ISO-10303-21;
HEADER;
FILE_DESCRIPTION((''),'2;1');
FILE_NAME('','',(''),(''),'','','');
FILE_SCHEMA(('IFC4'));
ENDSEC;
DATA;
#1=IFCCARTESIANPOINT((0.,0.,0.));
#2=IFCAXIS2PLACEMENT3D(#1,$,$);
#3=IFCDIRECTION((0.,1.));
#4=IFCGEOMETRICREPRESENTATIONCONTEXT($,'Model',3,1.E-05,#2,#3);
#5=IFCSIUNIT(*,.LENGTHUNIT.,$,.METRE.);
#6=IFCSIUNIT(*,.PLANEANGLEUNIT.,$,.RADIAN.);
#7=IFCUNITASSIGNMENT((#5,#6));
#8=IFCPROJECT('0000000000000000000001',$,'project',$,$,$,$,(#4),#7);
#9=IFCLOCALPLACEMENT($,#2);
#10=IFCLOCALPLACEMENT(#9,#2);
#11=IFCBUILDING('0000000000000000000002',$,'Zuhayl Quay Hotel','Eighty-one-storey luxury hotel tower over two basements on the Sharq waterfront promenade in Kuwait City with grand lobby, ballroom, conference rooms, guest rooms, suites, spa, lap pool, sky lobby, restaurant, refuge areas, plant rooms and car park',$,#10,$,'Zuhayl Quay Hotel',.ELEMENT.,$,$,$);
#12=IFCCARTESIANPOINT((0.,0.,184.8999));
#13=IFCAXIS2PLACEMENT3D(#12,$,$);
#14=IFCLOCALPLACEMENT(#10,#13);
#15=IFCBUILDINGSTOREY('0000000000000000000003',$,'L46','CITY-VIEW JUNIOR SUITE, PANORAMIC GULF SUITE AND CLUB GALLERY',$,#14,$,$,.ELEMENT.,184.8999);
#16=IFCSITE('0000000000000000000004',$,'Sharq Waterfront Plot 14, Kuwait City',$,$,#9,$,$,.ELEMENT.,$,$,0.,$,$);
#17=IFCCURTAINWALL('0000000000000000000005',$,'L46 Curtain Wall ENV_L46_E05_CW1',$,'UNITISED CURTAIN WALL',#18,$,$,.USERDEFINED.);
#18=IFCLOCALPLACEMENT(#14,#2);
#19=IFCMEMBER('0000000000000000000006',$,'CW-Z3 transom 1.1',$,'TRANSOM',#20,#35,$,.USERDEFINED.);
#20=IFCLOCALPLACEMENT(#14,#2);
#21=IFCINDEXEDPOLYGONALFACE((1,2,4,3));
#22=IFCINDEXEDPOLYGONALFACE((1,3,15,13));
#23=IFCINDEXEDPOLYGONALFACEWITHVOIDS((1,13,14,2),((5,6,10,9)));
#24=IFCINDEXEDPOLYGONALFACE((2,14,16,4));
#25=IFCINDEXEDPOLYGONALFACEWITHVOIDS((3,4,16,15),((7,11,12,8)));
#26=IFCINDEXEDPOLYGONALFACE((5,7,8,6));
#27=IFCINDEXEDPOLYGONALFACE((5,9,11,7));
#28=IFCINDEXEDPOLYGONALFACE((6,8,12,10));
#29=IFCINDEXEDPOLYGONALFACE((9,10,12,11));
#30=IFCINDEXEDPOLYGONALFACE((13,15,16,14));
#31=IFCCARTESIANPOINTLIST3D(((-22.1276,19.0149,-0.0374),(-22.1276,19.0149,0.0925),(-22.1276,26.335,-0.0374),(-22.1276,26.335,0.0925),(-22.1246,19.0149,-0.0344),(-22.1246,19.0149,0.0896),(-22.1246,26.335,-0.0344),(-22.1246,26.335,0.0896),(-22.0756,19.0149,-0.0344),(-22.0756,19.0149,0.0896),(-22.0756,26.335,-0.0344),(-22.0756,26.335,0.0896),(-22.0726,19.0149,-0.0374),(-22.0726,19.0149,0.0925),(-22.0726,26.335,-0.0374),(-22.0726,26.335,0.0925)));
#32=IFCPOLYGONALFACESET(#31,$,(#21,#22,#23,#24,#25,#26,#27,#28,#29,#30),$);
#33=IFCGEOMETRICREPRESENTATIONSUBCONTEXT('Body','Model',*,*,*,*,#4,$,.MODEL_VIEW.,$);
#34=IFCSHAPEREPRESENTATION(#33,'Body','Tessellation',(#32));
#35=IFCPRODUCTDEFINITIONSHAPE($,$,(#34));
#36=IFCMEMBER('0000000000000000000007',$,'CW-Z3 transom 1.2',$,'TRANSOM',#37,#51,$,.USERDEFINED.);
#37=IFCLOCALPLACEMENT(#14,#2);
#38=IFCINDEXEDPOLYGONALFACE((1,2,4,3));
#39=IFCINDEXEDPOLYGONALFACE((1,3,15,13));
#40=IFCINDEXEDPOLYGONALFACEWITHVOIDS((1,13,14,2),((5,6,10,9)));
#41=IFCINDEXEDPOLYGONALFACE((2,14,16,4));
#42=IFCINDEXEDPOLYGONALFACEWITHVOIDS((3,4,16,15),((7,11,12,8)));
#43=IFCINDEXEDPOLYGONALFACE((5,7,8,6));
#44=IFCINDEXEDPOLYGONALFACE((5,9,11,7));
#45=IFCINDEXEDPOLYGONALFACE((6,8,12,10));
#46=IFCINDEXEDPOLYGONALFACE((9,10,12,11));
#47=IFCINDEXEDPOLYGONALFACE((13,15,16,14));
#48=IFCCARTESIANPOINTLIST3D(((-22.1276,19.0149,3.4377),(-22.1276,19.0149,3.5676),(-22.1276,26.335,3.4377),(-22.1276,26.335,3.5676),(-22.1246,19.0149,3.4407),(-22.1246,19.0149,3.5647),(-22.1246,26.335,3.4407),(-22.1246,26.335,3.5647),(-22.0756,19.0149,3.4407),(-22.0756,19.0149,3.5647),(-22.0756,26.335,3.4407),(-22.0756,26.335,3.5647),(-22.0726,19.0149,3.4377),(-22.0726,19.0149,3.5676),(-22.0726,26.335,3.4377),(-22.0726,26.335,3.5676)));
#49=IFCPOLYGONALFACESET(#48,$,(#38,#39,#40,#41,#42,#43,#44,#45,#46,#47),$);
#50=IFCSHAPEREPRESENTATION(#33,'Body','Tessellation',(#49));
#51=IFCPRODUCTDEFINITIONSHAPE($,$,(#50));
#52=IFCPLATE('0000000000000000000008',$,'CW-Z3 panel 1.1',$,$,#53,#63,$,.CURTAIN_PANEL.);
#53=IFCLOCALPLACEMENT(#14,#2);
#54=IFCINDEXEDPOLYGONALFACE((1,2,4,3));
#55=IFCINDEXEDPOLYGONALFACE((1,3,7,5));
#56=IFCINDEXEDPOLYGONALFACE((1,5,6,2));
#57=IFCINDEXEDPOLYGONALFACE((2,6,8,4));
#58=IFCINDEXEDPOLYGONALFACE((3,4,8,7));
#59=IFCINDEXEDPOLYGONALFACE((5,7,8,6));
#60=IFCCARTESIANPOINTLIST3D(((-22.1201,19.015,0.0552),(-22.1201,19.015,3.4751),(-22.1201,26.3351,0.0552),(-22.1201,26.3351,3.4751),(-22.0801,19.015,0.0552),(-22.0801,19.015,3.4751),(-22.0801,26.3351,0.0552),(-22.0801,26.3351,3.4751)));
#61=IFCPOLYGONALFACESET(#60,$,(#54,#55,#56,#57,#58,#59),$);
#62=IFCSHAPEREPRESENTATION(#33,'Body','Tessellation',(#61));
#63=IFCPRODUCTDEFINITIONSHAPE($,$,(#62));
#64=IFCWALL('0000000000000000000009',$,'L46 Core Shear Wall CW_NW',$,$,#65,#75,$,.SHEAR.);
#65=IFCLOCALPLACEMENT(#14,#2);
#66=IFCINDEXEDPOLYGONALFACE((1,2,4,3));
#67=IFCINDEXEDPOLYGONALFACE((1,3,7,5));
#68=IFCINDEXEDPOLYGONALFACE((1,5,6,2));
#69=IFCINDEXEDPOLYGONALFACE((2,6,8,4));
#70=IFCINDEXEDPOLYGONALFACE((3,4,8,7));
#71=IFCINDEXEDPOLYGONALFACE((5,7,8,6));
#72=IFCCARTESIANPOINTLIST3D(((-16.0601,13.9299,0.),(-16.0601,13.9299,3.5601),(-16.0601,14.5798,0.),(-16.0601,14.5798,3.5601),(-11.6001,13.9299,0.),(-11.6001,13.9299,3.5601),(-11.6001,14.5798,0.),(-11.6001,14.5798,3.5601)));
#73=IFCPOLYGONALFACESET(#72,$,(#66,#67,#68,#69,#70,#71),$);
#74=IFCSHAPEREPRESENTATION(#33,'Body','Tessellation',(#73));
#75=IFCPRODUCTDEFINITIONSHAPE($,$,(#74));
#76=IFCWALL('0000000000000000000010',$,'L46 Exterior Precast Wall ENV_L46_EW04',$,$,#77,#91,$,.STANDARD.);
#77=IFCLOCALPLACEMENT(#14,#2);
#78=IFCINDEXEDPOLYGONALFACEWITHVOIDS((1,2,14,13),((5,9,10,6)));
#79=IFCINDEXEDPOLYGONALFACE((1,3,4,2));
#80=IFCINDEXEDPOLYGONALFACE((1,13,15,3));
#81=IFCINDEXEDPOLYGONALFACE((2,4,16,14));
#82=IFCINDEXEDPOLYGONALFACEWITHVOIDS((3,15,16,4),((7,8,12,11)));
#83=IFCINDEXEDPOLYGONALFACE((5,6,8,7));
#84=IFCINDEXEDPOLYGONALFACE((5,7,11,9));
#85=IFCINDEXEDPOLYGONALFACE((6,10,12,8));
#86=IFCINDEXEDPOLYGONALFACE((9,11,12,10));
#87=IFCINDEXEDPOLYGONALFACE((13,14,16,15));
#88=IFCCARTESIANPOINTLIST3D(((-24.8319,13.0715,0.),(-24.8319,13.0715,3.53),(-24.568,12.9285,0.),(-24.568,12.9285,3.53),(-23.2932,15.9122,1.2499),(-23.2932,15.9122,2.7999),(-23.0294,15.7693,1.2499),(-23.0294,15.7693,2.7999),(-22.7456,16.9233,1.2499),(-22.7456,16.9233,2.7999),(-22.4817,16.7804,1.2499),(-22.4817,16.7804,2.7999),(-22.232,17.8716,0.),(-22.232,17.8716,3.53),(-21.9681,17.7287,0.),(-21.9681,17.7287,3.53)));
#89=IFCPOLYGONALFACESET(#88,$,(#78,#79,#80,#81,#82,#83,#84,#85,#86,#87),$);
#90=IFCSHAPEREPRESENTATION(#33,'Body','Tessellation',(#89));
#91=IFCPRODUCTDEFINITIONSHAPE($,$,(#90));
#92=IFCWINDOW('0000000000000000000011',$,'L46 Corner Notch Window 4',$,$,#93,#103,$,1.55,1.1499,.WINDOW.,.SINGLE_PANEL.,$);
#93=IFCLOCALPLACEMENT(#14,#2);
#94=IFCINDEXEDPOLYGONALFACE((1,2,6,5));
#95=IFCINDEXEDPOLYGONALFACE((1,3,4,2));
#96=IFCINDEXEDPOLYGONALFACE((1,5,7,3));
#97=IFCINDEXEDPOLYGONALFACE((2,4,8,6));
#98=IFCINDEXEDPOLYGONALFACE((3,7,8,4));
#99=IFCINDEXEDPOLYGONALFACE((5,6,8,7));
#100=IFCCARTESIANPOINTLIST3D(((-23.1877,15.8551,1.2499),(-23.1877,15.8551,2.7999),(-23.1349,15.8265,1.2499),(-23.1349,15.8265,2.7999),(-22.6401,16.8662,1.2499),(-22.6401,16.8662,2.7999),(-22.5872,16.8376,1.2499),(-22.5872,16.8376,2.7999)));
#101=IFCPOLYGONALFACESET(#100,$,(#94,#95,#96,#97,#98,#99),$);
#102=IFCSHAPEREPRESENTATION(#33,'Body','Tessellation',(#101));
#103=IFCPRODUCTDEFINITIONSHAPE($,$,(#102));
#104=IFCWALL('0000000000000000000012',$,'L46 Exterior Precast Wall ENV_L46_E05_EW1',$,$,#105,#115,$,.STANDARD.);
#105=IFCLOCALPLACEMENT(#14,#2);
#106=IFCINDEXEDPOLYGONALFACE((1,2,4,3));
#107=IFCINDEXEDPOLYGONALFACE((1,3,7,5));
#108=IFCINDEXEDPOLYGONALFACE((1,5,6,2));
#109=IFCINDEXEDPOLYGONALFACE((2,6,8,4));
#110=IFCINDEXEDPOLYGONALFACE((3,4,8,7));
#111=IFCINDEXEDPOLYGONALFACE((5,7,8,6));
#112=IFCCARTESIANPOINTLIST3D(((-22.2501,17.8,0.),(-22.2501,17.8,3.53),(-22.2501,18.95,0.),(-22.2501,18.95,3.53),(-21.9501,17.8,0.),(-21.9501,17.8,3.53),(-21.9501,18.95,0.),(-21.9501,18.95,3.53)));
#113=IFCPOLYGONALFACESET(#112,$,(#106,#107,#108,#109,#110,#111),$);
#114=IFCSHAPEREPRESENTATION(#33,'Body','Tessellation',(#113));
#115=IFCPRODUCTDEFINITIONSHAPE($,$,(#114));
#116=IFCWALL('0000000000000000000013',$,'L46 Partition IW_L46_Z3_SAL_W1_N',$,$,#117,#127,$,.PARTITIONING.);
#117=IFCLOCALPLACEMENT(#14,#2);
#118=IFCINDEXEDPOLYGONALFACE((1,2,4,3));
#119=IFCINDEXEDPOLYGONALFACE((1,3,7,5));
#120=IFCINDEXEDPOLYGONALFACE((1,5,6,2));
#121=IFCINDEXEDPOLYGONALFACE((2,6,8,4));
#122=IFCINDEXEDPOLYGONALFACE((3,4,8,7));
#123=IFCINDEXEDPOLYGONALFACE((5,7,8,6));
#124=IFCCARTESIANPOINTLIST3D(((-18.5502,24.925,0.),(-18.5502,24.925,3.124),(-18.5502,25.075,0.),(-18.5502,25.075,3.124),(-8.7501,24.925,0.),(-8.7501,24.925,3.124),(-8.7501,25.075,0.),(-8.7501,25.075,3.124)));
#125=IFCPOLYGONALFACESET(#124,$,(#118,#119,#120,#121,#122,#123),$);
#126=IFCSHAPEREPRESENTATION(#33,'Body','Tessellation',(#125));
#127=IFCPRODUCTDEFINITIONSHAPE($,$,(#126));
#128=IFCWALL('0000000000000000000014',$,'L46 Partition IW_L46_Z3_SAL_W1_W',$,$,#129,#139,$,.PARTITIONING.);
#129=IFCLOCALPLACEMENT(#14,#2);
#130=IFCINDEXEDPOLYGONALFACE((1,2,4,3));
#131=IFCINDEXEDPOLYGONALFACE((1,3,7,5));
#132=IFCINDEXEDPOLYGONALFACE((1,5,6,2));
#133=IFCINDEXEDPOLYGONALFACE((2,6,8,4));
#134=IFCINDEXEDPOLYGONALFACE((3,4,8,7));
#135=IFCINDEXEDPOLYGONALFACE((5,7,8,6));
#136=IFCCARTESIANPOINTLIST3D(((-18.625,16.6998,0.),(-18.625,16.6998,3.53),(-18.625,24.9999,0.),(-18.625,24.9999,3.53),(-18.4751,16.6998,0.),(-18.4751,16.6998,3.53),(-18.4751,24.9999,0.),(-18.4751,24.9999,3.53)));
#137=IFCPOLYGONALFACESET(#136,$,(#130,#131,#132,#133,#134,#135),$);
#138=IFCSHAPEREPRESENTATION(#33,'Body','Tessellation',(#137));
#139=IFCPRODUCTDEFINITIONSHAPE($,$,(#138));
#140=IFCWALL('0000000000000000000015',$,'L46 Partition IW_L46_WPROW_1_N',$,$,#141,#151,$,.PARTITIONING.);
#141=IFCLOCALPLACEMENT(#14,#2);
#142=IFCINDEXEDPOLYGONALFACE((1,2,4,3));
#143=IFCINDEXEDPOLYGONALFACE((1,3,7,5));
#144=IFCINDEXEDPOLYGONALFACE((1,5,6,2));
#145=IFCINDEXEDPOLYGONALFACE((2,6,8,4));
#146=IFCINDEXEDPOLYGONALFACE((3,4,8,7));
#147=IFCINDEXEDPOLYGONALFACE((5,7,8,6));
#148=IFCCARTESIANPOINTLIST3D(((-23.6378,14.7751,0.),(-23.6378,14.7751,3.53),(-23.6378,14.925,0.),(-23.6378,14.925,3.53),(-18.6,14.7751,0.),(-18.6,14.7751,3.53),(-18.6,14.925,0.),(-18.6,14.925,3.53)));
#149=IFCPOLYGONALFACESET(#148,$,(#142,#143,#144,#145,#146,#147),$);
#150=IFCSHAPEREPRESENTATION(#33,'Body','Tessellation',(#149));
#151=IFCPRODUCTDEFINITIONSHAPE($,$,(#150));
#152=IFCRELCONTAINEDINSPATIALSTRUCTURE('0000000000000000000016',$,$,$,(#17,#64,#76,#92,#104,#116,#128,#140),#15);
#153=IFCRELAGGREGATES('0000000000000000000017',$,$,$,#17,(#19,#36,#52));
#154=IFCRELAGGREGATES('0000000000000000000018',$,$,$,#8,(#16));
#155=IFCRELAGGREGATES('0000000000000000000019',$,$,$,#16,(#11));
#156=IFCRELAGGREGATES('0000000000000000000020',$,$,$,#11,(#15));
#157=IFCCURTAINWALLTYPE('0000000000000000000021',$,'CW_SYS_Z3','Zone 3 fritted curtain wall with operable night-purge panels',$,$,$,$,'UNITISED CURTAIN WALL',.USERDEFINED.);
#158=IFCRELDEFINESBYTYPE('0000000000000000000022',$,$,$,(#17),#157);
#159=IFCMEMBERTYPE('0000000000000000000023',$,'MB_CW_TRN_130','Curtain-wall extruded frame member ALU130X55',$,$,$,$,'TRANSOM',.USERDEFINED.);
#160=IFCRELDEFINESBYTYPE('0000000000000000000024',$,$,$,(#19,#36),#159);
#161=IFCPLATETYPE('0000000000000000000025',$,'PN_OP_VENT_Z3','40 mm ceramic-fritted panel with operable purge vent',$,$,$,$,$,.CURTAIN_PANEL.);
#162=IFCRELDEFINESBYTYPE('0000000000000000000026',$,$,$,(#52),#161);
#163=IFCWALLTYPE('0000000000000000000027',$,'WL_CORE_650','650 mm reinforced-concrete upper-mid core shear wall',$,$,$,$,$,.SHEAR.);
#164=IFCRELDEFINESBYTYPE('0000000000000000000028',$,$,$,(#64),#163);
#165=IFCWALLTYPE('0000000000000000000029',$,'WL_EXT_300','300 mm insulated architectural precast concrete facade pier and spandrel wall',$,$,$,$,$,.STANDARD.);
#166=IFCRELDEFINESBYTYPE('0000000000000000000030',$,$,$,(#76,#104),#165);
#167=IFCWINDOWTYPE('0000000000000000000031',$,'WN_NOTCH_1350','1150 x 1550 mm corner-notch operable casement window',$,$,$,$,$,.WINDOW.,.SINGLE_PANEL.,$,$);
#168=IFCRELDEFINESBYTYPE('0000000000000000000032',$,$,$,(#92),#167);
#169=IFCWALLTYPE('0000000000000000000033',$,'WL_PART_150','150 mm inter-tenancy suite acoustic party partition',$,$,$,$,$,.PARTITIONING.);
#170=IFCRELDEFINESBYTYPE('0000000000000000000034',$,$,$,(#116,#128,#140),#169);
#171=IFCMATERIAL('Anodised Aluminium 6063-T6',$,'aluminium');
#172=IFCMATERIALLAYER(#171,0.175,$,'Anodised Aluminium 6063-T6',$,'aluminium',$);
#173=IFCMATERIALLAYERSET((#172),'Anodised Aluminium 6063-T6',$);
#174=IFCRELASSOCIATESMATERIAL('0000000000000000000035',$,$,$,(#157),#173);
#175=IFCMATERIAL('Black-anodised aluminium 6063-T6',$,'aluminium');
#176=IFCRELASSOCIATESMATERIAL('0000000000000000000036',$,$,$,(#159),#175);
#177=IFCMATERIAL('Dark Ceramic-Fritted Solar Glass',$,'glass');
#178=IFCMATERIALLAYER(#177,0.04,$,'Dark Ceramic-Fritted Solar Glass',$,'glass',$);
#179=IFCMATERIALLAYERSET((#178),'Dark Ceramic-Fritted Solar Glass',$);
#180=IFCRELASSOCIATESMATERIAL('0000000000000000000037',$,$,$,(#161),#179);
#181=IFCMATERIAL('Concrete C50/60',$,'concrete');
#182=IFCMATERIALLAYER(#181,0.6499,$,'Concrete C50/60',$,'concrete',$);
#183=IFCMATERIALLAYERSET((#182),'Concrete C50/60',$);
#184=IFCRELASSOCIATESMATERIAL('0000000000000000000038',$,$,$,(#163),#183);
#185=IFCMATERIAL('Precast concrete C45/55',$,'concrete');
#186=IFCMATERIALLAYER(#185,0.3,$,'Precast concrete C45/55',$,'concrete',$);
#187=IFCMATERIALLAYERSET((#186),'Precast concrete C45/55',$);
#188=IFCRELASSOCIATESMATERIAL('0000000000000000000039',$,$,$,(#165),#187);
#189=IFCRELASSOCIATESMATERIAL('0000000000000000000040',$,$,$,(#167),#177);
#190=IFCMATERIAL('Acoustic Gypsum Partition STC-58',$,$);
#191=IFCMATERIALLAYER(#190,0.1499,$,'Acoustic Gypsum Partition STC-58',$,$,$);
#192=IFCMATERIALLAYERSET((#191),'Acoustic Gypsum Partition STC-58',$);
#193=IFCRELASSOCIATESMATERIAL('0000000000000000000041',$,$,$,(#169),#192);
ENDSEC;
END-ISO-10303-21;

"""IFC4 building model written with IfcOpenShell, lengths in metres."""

from ifc_helpers import new_model, si_unit, direction, frame, frame_2d, origin, origin_2d, place, context, subcontext, project, spatial, rectangle, hollow_rectangle, extrude, material, layer, layer_set, material_profile, profile_set, type_object, element, fill, aggregate, save


model = new_model("IFC4")

# Units and contexts
model_context = context("Model", 3, precision=1e-05, world=origin(), true_north=direction((0.0, 1.0)))
body_context = subcontext(model_context, "Body", "Model", "MODEL_VIEW")
ifc_project = project(units=[si_unit("LENGTHUNIT", "METRE"), si_unit("PLANEANGLEUNIT", "RADIAN")], contexts=[model_context])

# Site, building, storey
site_placement = place(None, origin())
site = spatial("IfcSite", under=ifc_project, at=site_placement, Name="Sharq Waterfront Plot 14, Kuwait City", CompositionType="ELEMENT", RefElevation=0.0)
building_placement = place(site_placement, origin())
building = spatial("IfcBuilding", under=site, at=building_placement, Name="Zuhayl Quay Hotel", Description="Eighty-one-storey luxury hotel tower over two basements on the Sharq waterfront promenade in Kuwait City with grand lobby, ballroom, conference rooms, guest rooms, suites, spa, lap pool, sky lobby, restaurant, refuge areas, plant rooms and car park", LongName="Zuhayl Quay Hotel", CompositionType="ELEMENT")
storey_placement = place(building_placement, frame((0.0, 0.0, 184.8999)))
storey = spatial("IfcBuildingStorey", under=building, at=storey_placement, Name="L46", Description="CITY-VIEW JUNIOR SUITE, PANORAMIC GULF SUITE AND CLUB GALLERY", CompositionType="ELEMENT", Elevation=184.8999)

# Curtain wall, members, plate
ifc_material_1 = material(Name="Anodised Aluminium 6063-T6", Category="aluminium")
ifc_layer_1 = layer(ifc_material_1, 0.175, Name="Anodised Aluminium 6063-T6", Category="aluminium")
ifc_layer_set_1 = layer_set([ifc_layer_1], Name="Anodised Aluminium 6063-T6")
curtain_wall_type = type_object("IfcCurtainWallType", Name="CW_SYS_Z3", Description="Zone 3 fritted curtain wall with operable night-purge panels", ElementType="UNITISED CURTAIN WALL", PredefinedType="USERDEFINED", material=ifc_layer_set_1)
curtain_wall_placement = place(storey_placement, origin())
curtain_wall = element("IfcCurtainWall", 1, at=curtain_wall_placement, inside=storey, type_object=curtain_wall_type, Name="L46 Curtain Wall ENV_L46_E05_CW1", ObjectType="UNITISED CURTAIN WALL", PredefinedType="USERDEFINED")
ifc_material_2 = material(Name="Black-anodised aluminium 6063-T6", Category="aluminium")
ifc_material_profile_1 = material_profile(ifc_material_2, hollow_rectangle(XDim=0.0549, YDim=0.1299, WallThickness=0.0029, at=origin_2d()), Name="ALU130X55")
ifc_profile_set_1 = profile_set([ifc_material_profile_1], Name="Black-anodised aluminium 6063-T6")
member_type_1 = type_object("IfcMemberType", Name="MB_CW_TRN_130", Description="Curtain-wall extruded frame member ALU130X55", ElementType="TRANSOM", PredefinedType="USERDEFINED", material=ifc_profile_set_1)
member_1_placement = place(storey_placement, frame((-22.1001, 19.0149, 0.0276), z_axis=(0.0, 1.0, 0.0), x_axis=(-1.0, 0.0, 0.0)))
member_1 = element("IfcMember", 2, at=member_1_placement, type_object=member_type_1, Name="CW-Z3 transom 1.1", ObjectType="TRANSOM", PredefinedType="USERDEFINED", context=body_context, shape_type="SweptSolid", body=[
    extrude(hollow_rectangle(XDim=0.0549, YDim=0.1299, WallThickness=0.0029, at=origin_2d()), origin(), (0.0, 0.0, 1.0), 7.3201),
])
member_2_placement = place(storey_placement, frame((-22.1001, 19.0149, 3.5027), z_axis=(0.0, 1.0, 0.0), x_axis=(-1.0, 0.0, 0.0)))
member_2 = element("IfcMember", 3, at=member_2_placement, type_object=member_type_1, Name="CW-Z3 transom 1.2", ObjectType="TRANSOM", PredefinedType="USERDEFINED", context=body_context, shape_type="SweptSolid", body=[
    extrude(hollow_rectangle(XDim=0.0549, YDim=0.1299, WallThickness=0.0029, at=origin_2d()), origin(), (0.0, 0.0, 1.0), 7.3201),
])
ifc_material_3 = material(Name="Dark Ceramic-Fritted Solar Glass", Category="glass")
ifc_layer_2 = layer(ifc_material_3, 0.04, Name="Dark Ceramic-Fritted Solar Glass", Category="glass")
ifc_layer_set_2 = layer_set([ifc_layer_2], Name="Dark Ceramic-Fritted Solar Glass")
plate_type = type_object("IfcPlateType", Name="PN_OP_VENT_Z3", Description="40 mm ceramic-fritted panel with operable purge vent", PredefinedType="CURTAIN_PANEL", material=ifc_layer_set_2)
plate_placement = place(storey_placement, frame((-22.1001, 22.675, 0.0552), z_axis=(0.0, 0.0, 1.0), x_axis=(0.0, 1.0, 0.0)))
plate = element("IfcPlate", 4, at=plate_placement, type_object=plate_type, Name="CW-Z3 panel 1.1", PredefinedType="CURTAIN_PANEL", context=body_context, shape_type="SweptSolid", body=[
    extrude(rectangle(XDim=7.3201, YDim=0.04, at=origin_2d()), origin(), (0.0, 0.0, 1.0), 3.4199),
])
aggregate(curtain_wall, [member_1, member_2, plate])

# Wall
ifc_material_4 = material(Name="Concrete C50/60", Category="concrete")
ifc_layer_3 = layer(ifc_material_4, 0.6499, Name="Concrete C50/60", Category="concrete")
ifc_layer_set_3 = layer_set([ifc_layer_3], Name="Concrete C50/60")
wall_type_1 = type_object("IfcWallType", Name="WL_CORE_650", Description="650 mm reinforced-concrete upper-mid core shear wall", PredefinedType="SHEAR", material=ifc_layer_set_3)
wall_1_placement = place(storey_placement, frame((-16.0601, 14.2549, 0.0), z_axis=(0.0, 0.0, 1.0), x_axis=(1.0, 0.0, 0.0)))
element("IfcWall", 5, at=wall_1_placement, inside=storey, type_object=wall_type_1, Name="L46 Core Shear Wall CW_NW", PredefinedType="SHEAR", context=body_context, shape_type="SweptSolid", body=[
    extrude(rectangle(XDim=4.46, YDim=0.6499, at=frame_2d((2.23, 0.0))), origin(), (0.0, 0.0, 1.0), 3.5601),
])

# Wall, opening, window
ifc_material_5 = material(Name="Precast concrete C45/55", Category="concrete")
ifc_layer_4 = layer(ifc_material_5, 0.3, Name="Precast concrete C45/55", Category="concrete")
ifc_layer_set_4 = layer_set([ifc_layer_4], Name="Precast concrete C45/55")
wall_type_2 = type_object("IfcWallType", Name="WL_EXT_300", Description="300 mm insulated architectural precast concrete facade pier and spandrel wall", PredefinedType="STANDARD", material=ifc_layer_set_4)
wall_2_placement = place(storey_placement, frame((-24.7, 13.0, 0.0), z_axis=(0.0, 0.0, 1.0), x_axis=(0.476259, 0.879305, 0.0)))
wall_2 = element("IfcWall", 6, at=wall_2_placement, inside=storey, type_object=wall_type_2, Name="L46 Exterior Precast Wall ENV_L46_EW04", PredefinedType="STANDARD", context=body_context, shape_type="SweptSolid", body=[
    extrude(rectangle(XDim=5.459, YDim=0.3, at=frame_2d((2.7295, 0.0))), origin(), (0.0, 0.0, 1.0), 3.53),
])
opening_1_placement = place(wall_2_placement, frame((3.2307, 0.0, 1.25)))
opening_1 = element("IfcOpeningElement", 7, at=opening_1_placement, cuts=wall_2, PredefinedType="OPENING", context=body_context, shape_type="SweptSolid", body=[
    extrude(rectangle(XDim=1.1499, YDim=1.55, at=frame_2d((0.575, 0.7749))), frame((0.0, 0.1599, 0.0), z_axis=(0.0, -1.0, 0.0), x_axis=(1.0, 0.0, 0.0)), (0.0, 0.0, 1.0), 0.3201),
])
window_type = type_object("IfcWindowType", Name="WN_NOTCH_1350", Description="1150 x 1550 mm corner-notch operable casement window", PartitioningType="SINGLE_PANEL", PredefinedType="WINDOW", material=ifc_material_3)
window_placement = place(opening_1_placement, origin())
window = element("IfcWindow", 8, at=window_placement, inside=storey, type_object=window_type, Name="L46 Corner Notch Window 4", OverallHeight=1.55, OverallWidth=1.1499, PartitioningType="SINGLE_PANEL", PredefinedType="WINDOW", context=body_context, shape_type="SweptSolid", body=[
    extrude(rectangle(XDim=1.1499, YDim=1.55, at=frame_2d((0.575, 0.7749))), frame((0.0, 0.03, 0.0), z_axis=(0.0, -1.0, 0.0), x_axis=(1.0, 0.0, 0.0)), (0.0, 0.0, 1.0), 0.0601),
])
fill(opening_1, window)

# Walls
wall_3_placement = place(storey_placement, frame((-22.1001, 17.8, 0.0), z_axis=(0.0, 0.0, 1.0), x_axis=(0.0, 1.0, 0.0)))
element("IfcWall", 9, at=wall_3_placement, inside=storey, type_object=wall_type_2, Name="L46 Exterior Precast Wall ENV_L46_E05_EW1", PredefinedType="STANDARD", context=body_context, shape_type="SweptSolid", body=[
    extrude(rectangle(XDim=1.1499, YDim=0.3, at=frame_2d((0.575, 0.0))), origin(), (0.0, 0.0, 1.0), 3.53),
])
ifc_material_6 = material(Name="Acoustic Gypsum Partition STC-58")
ifc_layer_5 = layer(ifc_material_6, 0.1499, Name="Acoustic Gypsum Partition STC-58")
ifc_layer_set_5 = layer_set([ifc_layer_5], Name="Acoustic Gypsum Partition STC-58")
wall_type_3 = type_object("IfcWallType", Name="WL_PART_150", Description="150 mm inter-tenancy suite acoustic party partition", PredefinedType="PARTITIONING", material=ifc_layer_set_5)
wall_4_placement = place(storey_placement, frame((-18.55, 25.0, 0.0), z_axis=(0.0, 0.0, 1.0), x_axis=(1.0, 0.0, 0.0)))
element("IfcWall", 10, at=wall_4_placement, inside=storey, type_object=wall_type_3, Name="L46 Partition IW_L46_Z3_SAL_W1_N", PredefinedType="PARTITIONING", context=body_context, shape_type="SweptSolid", body=[
    extrude(rectangle(XDim=9.8, YDim=0.1499, at=frame_2d((4.8999, 0.0))), origin(), (0.0, 0.0, 1.0), 3.124),
])
wall_5_placement = place(storey_placement, frame((-18.55, 16.7, 0.0), z_axis=(0.0, 0.0, 1.0), x_axis=(0.0, 1.0, 0.0)))
element("IfcWall", 11, at=wall_5_placement, inside=storey, type_object=wall_type_3, Name="L46 Partition IW_L46_Z3_SAL_W1_W", PredefinedType="PARTITIONING", context=body_context, shape_type="SweptSolid", body=[
    extrude(rectangle(XDim=8.3, YDim=0.1499, at=frame_2d((4.1499, 0.0))), origin(), (0.0, 0.0, 1.0), 3.53),
])
wall_6_placement = place(storey_placement, frame((-23.6379, 14.8501, 0.0), z_axis=(0.0, 0.0, 1.0), x_axis=(1.0, 0.0, 0.0)))
element("IfcWall", 12, at=wall_6_placement, inside=storey, type_object=wall_type_3, Name="L46 Partition IW_L46_WPROW_1_N", PredefinedType="PARTITIONING", context=body_context, shape_type="SweptSolid", body=[
    extrude(rectangle(XDim=5.0378, YDim=0.1499, at=frame_2d((2.519, 0.0))), origin(), (0.0, 0.0, 1.0), 3.53),
])

save(model, "model.ifc")
